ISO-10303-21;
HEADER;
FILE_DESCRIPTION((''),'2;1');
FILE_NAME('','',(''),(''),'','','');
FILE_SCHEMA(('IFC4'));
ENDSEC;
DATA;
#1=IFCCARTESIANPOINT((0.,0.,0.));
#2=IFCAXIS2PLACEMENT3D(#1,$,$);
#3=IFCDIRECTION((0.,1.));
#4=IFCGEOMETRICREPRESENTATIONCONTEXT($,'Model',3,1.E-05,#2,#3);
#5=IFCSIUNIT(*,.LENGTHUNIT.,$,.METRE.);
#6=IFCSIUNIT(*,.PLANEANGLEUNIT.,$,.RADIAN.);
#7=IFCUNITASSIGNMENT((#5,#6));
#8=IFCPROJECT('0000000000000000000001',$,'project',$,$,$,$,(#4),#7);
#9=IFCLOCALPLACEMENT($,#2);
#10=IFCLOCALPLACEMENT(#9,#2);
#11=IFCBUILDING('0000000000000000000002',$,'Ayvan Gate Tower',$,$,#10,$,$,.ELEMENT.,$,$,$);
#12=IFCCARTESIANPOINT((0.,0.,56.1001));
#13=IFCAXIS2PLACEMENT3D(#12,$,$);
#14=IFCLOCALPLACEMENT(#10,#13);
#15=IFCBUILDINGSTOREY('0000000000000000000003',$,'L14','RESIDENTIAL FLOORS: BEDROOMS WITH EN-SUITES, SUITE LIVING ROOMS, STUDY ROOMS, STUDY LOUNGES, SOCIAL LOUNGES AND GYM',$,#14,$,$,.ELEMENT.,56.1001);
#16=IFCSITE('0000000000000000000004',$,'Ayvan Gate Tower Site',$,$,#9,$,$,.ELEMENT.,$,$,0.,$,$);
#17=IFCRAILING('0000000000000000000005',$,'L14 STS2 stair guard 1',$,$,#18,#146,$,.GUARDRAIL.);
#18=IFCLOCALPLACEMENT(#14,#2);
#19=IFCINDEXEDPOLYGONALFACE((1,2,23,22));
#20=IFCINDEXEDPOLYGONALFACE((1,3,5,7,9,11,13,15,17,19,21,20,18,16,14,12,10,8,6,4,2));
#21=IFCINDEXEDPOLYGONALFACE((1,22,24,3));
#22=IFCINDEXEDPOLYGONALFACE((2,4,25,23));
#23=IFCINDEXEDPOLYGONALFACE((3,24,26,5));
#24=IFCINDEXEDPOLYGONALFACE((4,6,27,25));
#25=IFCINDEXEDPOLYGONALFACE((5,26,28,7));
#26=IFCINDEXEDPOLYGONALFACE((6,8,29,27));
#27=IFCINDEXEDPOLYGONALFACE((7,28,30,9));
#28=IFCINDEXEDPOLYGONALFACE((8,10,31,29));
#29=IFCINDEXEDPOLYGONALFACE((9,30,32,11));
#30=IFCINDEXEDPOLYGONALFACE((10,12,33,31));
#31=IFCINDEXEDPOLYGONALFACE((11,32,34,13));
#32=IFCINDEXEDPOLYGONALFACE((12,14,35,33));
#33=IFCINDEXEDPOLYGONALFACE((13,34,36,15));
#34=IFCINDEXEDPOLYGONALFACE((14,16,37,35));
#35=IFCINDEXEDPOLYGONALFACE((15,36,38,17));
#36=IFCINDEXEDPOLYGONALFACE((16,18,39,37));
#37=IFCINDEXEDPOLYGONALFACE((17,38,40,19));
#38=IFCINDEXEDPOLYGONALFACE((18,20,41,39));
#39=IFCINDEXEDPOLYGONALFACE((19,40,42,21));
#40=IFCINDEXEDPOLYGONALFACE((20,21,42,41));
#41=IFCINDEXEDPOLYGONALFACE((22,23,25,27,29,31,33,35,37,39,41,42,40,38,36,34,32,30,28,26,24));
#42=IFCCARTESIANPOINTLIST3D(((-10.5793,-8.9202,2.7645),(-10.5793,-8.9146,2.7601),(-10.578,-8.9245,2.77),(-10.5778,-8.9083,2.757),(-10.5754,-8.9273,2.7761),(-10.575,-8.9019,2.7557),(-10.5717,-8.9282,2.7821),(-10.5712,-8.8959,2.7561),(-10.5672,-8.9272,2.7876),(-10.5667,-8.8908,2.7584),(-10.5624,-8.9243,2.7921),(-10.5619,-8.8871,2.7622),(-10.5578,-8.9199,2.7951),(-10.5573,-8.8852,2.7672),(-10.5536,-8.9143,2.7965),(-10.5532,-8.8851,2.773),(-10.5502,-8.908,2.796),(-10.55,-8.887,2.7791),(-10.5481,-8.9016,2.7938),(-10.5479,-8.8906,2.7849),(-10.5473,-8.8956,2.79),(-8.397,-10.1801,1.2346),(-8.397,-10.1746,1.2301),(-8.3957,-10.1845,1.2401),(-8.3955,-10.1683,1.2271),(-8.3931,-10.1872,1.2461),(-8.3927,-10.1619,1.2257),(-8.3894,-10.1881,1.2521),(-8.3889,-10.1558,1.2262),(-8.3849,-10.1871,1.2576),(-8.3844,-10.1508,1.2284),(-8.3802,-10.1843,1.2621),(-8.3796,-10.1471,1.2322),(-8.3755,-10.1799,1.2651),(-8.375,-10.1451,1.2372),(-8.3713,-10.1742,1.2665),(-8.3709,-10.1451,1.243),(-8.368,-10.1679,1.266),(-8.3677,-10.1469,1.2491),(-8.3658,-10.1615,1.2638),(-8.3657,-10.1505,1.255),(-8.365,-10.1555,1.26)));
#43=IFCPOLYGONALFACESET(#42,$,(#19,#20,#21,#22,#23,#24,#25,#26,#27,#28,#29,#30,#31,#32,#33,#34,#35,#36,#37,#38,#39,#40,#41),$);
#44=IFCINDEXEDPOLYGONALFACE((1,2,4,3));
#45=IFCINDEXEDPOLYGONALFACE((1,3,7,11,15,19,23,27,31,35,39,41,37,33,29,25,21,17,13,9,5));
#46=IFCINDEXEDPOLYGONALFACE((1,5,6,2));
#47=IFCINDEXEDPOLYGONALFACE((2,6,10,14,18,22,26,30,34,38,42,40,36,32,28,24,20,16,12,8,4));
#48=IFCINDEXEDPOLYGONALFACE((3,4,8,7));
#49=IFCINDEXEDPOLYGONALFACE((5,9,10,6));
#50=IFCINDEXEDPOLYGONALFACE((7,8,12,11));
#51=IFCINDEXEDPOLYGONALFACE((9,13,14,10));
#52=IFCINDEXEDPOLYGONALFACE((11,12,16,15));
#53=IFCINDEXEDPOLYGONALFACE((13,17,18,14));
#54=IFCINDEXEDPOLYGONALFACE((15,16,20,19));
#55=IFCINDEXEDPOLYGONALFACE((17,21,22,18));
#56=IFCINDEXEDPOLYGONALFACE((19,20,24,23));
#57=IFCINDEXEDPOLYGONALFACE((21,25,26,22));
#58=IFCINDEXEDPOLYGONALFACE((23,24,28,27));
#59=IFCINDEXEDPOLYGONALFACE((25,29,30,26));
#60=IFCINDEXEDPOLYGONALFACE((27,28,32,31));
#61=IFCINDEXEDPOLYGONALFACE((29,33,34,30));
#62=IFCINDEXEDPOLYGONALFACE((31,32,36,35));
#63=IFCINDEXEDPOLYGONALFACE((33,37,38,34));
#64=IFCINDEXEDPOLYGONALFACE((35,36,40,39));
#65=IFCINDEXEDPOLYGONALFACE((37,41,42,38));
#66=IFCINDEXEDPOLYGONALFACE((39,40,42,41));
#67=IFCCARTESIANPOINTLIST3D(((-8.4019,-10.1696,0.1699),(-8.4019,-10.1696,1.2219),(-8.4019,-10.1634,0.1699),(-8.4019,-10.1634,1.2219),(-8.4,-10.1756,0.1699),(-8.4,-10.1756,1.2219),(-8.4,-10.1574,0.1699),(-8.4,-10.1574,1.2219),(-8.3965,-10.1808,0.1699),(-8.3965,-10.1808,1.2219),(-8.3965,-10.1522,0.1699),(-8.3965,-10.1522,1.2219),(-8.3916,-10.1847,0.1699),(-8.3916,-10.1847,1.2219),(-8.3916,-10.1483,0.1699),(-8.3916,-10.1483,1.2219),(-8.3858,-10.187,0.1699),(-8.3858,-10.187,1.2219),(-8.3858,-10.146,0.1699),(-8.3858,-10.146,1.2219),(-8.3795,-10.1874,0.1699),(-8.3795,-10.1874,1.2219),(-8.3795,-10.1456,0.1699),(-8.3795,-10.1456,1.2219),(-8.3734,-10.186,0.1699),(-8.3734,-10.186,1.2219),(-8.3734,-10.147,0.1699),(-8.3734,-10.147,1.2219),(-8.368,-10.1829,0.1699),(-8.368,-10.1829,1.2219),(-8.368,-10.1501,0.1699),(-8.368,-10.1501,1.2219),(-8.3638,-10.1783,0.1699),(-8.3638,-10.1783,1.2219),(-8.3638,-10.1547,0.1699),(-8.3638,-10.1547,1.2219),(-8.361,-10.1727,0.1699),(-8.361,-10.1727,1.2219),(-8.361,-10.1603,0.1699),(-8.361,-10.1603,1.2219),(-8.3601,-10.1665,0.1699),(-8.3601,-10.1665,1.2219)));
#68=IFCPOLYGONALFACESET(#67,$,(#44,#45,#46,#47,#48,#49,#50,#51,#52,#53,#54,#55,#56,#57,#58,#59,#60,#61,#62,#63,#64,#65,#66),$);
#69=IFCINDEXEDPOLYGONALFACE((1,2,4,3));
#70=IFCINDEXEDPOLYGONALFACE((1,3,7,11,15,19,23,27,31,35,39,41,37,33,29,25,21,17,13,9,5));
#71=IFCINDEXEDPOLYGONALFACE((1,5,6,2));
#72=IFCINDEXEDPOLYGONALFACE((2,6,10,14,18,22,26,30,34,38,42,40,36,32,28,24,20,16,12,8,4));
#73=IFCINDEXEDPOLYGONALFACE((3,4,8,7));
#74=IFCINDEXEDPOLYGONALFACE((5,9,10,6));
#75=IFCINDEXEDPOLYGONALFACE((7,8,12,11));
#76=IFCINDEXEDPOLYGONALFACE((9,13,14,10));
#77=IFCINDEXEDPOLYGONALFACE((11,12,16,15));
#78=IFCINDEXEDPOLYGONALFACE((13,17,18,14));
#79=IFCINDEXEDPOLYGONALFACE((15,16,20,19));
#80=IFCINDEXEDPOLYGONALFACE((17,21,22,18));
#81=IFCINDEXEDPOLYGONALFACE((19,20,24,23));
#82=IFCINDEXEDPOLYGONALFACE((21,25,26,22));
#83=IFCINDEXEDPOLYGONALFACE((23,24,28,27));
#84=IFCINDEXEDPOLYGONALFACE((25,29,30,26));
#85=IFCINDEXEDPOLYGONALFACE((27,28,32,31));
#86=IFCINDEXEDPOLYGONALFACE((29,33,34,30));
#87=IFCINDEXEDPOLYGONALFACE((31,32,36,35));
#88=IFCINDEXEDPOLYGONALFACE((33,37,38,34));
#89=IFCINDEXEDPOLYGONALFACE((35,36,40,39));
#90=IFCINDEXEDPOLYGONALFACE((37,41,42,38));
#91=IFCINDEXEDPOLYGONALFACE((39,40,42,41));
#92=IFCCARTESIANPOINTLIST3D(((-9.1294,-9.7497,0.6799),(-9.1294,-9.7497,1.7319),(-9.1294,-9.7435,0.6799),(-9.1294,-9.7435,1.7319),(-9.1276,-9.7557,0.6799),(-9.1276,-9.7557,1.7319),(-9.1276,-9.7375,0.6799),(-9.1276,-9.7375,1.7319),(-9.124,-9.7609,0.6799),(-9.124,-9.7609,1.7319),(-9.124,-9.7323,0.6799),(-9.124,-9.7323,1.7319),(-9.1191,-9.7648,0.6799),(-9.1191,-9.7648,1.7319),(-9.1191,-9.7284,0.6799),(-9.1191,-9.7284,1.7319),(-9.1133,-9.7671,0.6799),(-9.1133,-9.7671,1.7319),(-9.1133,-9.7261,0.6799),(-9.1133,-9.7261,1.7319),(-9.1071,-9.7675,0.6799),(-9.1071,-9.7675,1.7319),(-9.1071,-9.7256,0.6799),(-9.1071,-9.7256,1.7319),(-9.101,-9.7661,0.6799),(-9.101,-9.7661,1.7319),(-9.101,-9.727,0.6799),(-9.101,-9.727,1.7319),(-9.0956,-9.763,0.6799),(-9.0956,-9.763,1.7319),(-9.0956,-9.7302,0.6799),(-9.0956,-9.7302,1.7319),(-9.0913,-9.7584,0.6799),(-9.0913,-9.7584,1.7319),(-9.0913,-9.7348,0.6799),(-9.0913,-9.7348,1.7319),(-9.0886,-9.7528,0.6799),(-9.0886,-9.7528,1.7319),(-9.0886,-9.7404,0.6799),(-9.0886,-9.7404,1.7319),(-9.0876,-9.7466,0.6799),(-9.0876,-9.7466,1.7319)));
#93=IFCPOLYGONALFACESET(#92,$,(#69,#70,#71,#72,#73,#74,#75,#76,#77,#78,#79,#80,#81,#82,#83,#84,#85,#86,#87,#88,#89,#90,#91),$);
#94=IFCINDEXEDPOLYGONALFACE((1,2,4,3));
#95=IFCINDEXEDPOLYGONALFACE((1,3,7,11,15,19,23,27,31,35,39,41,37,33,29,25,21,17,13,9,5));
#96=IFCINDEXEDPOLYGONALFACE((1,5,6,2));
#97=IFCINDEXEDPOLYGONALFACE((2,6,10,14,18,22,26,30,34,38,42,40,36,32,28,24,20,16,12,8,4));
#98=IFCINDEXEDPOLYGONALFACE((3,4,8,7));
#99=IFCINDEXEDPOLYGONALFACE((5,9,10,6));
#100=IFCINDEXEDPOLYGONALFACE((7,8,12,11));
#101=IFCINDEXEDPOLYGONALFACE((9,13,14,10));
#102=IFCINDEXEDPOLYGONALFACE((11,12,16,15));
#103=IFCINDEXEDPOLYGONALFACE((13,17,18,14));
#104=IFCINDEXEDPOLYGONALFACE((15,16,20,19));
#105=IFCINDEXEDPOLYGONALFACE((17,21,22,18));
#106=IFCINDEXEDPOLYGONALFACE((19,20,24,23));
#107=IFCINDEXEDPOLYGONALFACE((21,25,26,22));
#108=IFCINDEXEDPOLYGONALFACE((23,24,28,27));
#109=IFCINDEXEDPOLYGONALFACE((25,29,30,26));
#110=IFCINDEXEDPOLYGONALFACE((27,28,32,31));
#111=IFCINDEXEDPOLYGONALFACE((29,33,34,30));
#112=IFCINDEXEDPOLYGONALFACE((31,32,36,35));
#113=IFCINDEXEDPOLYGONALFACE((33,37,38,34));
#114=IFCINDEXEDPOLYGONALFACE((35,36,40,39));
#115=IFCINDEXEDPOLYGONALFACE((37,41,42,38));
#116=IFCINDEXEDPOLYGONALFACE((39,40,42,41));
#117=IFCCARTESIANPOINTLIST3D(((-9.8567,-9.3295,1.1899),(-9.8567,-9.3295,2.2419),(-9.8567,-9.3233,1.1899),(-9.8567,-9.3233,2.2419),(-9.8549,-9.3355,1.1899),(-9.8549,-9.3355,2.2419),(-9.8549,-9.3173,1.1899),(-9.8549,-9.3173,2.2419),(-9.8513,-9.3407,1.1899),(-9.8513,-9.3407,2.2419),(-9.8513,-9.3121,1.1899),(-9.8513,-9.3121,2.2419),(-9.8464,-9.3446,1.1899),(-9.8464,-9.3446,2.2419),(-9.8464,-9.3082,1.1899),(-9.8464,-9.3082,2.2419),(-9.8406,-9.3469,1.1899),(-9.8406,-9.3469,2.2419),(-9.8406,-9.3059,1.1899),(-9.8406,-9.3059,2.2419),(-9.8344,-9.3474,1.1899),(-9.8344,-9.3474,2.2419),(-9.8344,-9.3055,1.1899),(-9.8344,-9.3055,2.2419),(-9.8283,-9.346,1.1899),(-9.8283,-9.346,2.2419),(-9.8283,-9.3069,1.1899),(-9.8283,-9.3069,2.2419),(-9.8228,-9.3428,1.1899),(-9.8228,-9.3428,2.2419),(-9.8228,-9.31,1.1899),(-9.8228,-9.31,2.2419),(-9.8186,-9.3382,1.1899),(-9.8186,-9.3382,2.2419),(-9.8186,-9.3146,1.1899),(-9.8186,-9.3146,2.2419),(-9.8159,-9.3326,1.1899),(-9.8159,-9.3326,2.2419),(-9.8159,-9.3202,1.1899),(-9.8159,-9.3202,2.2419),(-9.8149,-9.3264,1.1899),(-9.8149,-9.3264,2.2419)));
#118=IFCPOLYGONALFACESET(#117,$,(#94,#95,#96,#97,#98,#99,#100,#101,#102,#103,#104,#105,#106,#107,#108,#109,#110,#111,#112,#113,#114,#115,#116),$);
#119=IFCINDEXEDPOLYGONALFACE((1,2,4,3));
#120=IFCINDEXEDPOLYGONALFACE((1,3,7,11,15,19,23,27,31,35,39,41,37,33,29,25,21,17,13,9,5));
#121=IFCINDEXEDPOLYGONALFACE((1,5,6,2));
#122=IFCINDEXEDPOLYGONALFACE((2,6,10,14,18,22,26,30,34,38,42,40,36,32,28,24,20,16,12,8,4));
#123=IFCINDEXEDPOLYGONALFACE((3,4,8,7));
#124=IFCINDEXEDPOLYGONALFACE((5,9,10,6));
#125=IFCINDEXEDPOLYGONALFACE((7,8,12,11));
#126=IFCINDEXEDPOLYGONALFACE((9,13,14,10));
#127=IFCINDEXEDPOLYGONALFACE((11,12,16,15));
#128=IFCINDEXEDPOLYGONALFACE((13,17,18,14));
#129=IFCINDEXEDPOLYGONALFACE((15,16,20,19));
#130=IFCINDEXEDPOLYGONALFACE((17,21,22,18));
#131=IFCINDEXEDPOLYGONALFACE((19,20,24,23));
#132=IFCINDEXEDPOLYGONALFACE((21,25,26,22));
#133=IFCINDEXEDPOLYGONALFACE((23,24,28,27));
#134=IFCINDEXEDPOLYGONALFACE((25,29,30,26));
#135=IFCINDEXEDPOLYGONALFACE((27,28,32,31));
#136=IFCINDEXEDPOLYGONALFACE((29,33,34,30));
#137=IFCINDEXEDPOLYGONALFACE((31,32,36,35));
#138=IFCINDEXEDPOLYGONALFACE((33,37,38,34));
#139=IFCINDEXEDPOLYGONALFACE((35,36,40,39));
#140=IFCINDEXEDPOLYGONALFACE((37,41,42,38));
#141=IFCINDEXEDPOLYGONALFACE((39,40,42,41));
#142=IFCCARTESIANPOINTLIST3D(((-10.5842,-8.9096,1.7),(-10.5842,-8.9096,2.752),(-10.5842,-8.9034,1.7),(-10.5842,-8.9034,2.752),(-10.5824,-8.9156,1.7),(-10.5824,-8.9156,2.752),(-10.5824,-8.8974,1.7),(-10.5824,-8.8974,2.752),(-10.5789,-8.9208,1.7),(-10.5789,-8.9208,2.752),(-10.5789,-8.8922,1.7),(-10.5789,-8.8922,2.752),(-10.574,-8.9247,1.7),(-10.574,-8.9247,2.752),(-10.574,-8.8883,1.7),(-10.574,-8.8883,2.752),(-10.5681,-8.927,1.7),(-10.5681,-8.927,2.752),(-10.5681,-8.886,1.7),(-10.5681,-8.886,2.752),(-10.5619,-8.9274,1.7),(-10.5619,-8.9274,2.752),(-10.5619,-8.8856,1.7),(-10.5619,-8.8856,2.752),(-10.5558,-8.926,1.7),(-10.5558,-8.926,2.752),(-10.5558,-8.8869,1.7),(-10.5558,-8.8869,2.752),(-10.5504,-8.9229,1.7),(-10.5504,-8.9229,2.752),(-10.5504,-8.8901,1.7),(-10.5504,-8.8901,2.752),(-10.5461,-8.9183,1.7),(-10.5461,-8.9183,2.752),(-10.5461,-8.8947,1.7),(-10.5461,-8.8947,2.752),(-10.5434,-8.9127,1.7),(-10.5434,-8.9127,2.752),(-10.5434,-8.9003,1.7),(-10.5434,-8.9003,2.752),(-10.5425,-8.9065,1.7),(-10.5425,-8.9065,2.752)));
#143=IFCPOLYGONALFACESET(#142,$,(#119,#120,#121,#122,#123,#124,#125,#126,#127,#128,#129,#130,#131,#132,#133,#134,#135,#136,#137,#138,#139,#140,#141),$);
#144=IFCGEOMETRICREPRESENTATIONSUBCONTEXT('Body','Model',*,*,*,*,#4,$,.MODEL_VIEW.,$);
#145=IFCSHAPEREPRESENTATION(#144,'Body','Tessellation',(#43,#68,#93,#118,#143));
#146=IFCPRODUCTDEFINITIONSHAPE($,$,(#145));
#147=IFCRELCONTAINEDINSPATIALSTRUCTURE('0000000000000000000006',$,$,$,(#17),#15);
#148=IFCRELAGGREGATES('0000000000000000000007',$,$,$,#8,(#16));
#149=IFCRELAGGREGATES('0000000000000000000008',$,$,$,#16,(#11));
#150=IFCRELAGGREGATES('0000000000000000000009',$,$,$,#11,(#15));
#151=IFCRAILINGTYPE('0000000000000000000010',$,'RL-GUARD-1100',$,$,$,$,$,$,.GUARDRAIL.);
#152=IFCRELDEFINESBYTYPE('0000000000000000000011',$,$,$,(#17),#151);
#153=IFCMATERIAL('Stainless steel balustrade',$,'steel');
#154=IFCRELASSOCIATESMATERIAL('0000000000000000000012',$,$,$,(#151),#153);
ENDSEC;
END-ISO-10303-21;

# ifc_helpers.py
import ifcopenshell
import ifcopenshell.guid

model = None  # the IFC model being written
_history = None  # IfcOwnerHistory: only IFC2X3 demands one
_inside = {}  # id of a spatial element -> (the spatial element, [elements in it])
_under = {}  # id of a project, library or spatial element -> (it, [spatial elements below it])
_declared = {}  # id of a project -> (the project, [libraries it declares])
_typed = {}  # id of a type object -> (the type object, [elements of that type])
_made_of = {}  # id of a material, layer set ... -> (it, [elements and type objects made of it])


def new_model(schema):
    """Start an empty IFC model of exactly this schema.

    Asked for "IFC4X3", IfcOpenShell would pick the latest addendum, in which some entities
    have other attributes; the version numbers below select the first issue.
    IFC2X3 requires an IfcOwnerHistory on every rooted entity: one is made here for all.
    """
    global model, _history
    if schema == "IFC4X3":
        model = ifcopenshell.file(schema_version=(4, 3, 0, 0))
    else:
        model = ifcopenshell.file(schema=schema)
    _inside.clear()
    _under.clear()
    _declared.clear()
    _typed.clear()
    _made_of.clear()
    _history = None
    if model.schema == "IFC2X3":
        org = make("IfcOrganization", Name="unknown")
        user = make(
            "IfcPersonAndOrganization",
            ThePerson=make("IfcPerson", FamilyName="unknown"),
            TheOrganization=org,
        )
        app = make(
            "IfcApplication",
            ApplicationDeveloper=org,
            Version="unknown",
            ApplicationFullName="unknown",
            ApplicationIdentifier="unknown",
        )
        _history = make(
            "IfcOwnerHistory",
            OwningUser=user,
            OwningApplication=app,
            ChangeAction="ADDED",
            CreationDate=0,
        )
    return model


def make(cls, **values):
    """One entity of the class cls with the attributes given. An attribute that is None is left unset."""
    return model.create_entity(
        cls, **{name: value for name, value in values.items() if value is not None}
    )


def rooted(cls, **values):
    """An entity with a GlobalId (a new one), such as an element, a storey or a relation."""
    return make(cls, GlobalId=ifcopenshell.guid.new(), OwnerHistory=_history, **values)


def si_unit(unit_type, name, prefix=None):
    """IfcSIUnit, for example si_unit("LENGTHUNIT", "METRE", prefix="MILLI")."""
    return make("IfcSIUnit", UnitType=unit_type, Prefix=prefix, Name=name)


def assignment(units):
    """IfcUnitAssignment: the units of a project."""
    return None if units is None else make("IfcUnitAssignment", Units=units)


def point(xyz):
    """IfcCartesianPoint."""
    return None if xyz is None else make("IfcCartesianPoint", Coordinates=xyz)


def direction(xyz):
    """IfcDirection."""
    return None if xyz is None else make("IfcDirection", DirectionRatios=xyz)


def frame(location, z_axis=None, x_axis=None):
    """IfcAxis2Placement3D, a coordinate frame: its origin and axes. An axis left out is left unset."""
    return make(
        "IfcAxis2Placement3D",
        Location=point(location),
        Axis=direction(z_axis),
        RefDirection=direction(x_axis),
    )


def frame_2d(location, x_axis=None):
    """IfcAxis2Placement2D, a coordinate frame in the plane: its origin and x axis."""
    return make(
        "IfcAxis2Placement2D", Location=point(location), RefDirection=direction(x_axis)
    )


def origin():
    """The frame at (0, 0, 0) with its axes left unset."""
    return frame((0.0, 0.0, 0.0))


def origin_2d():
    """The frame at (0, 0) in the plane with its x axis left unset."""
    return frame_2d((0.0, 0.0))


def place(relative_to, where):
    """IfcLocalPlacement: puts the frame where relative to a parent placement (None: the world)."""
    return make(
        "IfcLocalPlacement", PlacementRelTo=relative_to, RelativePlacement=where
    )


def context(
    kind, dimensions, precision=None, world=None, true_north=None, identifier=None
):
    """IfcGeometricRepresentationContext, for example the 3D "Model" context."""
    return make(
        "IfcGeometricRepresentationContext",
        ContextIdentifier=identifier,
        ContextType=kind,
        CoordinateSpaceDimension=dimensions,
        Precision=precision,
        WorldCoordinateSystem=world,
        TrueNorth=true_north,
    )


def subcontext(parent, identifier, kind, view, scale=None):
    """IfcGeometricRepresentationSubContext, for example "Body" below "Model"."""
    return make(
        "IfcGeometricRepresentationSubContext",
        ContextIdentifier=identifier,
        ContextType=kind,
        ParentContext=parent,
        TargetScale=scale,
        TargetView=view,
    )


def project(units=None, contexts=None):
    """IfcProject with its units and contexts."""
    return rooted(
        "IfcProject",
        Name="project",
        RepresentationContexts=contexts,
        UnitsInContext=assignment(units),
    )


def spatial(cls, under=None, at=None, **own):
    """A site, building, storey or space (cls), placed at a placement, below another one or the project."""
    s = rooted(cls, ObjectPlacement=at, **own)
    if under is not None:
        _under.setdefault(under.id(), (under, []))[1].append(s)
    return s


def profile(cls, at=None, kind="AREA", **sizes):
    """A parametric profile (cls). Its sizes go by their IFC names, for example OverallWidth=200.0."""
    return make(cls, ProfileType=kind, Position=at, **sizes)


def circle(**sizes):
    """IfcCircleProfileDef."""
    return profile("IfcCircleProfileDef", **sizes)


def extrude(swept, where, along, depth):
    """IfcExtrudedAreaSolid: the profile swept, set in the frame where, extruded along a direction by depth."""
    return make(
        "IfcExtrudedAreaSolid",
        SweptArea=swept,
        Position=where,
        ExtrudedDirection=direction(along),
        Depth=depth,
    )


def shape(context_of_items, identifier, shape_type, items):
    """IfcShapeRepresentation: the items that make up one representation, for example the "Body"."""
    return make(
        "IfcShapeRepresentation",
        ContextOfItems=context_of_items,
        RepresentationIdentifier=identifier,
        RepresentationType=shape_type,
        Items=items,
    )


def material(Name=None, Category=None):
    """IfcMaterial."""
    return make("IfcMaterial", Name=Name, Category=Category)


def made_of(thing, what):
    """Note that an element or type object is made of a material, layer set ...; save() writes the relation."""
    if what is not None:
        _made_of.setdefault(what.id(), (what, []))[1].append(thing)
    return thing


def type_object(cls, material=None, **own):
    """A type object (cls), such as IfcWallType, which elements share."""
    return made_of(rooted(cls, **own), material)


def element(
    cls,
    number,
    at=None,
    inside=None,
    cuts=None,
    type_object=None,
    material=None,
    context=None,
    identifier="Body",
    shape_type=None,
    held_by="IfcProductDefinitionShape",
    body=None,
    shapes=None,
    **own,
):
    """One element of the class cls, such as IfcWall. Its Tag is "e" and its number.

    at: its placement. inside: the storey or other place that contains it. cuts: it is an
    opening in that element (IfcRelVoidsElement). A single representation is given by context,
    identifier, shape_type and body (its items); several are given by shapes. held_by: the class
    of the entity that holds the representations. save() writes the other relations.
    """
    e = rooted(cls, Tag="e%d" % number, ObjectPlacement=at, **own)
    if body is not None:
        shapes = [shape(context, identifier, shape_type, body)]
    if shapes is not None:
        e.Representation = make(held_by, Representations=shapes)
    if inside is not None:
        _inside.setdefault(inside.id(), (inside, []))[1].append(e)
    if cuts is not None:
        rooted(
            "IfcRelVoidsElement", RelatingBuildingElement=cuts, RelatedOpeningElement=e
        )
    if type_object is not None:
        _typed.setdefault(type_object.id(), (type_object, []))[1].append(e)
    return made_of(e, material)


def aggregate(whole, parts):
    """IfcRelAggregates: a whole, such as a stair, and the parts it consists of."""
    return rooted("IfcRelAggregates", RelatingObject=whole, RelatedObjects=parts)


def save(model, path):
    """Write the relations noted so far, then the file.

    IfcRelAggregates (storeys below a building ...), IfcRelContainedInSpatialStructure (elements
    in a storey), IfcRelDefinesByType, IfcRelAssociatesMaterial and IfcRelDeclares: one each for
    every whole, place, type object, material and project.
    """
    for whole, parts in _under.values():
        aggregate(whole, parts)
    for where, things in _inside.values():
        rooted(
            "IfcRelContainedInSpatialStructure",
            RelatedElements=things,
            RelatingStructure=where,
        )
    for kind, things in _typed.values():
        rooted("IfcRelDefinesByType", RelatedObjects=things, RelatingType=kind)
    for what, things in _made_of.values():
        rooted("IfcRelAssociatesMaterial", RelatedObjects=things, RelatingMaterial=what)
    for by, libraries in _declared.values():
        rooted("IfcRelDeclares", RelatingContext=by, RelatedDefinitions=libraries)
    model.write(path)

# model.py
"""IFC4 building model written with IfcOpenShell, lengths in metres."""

from ifc_helpers import new_model, si_unit, direction, frame, origin, origin_2d, place, context, subcontext, project, spatial, circle, extrude, material, type_object, element, save


model = new_model("IFC4")

# Units and contexts
model_context = context("Model", 3, precision=1e-05, world=origin(), true_north=direction((0.0, 1.0)))
body_context = subcontext(model_context, "Body", "Model", "MODEL_VIEW")
ifc_project = project(units=[si_unit("LENGTHUNIT", "METRE"), si_unit("PLANEANGLEUNIT", "RADIAN")], contexts=[model_context])

# Site, building, storey
site_placement = place(None, origin())
site = spatial("IfcSite", under=ifc_project, at=site_placement, Name="Ayvan Gate Tower Site", CompositionType="ELEMENT", RefElevation=0.0)
building_placement = place(site_placement, origin())
building = spatial("IfcBuilding", under=site, at=building_placement, Name="Ayvan Gate Tower", CompositionType="ELEMENT")
storey_placement = place(building_placement, frame((0.0, 0.0, 56.1001)))
storey = spatial("IfcBuildingStorey", under=building, at=storey_placement, Name="L14", Description="RESIDENTIAL FLOORS: BEDROOMS WITH EN-SUITES, SUITE LIVING ROOMS, STUDY ROOMS, STUDY LOUNGES, SOCIAL LOUNGES AND GYM", CompositionType="ELEMENT", Elevation=56.1001)

# Railing
ifc_material_1 = material(Name="Stainless steel balustrade", Category="steel")
railing_type_1 = type_object("IfcRailingType", Name="RL-GUARD-1100", PredefinedType="GUARDRAIL", material=ifc_material_1)
railing_1_placement = place(storey_placement, frame((-8.3811, -10.1665, 0.1699)))
element("IfcRailing", 1, at=railing_1_placement, inside=storey, type_object=railing_type_1, Name="L14 STS2 stair guard 1", PredefinedType="GUARDRAIL", context=body_context, shape_type="SweptSolid", body=[
    extrude(circle(Radius=0.0239, at=origin_2d()), frame((0.0, 0.0, 1.0762), z_axis=(-0.740261, 0.427395, 0.518986), x_axis=(-0.500005, -0.866023, 0.0)), (0.0, 0.0, 1.0), 2.948),
    extrude(circle(Radius=0.021, at=origin_2d()), origin(), (0.0, 0.0, 1.0), 1.052),
    extrude(circle(Radius=0.021, at=origin_2d()), frame((-0.7275, 0.4199, 0.51)), (0.0, 0.0, 1.0), 1.052),
    extrude(circle(Radius=0.021, at=origin_2d()), frame((-1.4548, 0.8401, 1.02)), (0.0, 0.0, 1.0), 1.052),
    extrude(circle(Radius=0.021, at=origin_2d()), frame((-2.1824, 1.26, 1.53)), (0.0, 0.0, 1.0), 1.052),
])

save(model, "model.ifc")
